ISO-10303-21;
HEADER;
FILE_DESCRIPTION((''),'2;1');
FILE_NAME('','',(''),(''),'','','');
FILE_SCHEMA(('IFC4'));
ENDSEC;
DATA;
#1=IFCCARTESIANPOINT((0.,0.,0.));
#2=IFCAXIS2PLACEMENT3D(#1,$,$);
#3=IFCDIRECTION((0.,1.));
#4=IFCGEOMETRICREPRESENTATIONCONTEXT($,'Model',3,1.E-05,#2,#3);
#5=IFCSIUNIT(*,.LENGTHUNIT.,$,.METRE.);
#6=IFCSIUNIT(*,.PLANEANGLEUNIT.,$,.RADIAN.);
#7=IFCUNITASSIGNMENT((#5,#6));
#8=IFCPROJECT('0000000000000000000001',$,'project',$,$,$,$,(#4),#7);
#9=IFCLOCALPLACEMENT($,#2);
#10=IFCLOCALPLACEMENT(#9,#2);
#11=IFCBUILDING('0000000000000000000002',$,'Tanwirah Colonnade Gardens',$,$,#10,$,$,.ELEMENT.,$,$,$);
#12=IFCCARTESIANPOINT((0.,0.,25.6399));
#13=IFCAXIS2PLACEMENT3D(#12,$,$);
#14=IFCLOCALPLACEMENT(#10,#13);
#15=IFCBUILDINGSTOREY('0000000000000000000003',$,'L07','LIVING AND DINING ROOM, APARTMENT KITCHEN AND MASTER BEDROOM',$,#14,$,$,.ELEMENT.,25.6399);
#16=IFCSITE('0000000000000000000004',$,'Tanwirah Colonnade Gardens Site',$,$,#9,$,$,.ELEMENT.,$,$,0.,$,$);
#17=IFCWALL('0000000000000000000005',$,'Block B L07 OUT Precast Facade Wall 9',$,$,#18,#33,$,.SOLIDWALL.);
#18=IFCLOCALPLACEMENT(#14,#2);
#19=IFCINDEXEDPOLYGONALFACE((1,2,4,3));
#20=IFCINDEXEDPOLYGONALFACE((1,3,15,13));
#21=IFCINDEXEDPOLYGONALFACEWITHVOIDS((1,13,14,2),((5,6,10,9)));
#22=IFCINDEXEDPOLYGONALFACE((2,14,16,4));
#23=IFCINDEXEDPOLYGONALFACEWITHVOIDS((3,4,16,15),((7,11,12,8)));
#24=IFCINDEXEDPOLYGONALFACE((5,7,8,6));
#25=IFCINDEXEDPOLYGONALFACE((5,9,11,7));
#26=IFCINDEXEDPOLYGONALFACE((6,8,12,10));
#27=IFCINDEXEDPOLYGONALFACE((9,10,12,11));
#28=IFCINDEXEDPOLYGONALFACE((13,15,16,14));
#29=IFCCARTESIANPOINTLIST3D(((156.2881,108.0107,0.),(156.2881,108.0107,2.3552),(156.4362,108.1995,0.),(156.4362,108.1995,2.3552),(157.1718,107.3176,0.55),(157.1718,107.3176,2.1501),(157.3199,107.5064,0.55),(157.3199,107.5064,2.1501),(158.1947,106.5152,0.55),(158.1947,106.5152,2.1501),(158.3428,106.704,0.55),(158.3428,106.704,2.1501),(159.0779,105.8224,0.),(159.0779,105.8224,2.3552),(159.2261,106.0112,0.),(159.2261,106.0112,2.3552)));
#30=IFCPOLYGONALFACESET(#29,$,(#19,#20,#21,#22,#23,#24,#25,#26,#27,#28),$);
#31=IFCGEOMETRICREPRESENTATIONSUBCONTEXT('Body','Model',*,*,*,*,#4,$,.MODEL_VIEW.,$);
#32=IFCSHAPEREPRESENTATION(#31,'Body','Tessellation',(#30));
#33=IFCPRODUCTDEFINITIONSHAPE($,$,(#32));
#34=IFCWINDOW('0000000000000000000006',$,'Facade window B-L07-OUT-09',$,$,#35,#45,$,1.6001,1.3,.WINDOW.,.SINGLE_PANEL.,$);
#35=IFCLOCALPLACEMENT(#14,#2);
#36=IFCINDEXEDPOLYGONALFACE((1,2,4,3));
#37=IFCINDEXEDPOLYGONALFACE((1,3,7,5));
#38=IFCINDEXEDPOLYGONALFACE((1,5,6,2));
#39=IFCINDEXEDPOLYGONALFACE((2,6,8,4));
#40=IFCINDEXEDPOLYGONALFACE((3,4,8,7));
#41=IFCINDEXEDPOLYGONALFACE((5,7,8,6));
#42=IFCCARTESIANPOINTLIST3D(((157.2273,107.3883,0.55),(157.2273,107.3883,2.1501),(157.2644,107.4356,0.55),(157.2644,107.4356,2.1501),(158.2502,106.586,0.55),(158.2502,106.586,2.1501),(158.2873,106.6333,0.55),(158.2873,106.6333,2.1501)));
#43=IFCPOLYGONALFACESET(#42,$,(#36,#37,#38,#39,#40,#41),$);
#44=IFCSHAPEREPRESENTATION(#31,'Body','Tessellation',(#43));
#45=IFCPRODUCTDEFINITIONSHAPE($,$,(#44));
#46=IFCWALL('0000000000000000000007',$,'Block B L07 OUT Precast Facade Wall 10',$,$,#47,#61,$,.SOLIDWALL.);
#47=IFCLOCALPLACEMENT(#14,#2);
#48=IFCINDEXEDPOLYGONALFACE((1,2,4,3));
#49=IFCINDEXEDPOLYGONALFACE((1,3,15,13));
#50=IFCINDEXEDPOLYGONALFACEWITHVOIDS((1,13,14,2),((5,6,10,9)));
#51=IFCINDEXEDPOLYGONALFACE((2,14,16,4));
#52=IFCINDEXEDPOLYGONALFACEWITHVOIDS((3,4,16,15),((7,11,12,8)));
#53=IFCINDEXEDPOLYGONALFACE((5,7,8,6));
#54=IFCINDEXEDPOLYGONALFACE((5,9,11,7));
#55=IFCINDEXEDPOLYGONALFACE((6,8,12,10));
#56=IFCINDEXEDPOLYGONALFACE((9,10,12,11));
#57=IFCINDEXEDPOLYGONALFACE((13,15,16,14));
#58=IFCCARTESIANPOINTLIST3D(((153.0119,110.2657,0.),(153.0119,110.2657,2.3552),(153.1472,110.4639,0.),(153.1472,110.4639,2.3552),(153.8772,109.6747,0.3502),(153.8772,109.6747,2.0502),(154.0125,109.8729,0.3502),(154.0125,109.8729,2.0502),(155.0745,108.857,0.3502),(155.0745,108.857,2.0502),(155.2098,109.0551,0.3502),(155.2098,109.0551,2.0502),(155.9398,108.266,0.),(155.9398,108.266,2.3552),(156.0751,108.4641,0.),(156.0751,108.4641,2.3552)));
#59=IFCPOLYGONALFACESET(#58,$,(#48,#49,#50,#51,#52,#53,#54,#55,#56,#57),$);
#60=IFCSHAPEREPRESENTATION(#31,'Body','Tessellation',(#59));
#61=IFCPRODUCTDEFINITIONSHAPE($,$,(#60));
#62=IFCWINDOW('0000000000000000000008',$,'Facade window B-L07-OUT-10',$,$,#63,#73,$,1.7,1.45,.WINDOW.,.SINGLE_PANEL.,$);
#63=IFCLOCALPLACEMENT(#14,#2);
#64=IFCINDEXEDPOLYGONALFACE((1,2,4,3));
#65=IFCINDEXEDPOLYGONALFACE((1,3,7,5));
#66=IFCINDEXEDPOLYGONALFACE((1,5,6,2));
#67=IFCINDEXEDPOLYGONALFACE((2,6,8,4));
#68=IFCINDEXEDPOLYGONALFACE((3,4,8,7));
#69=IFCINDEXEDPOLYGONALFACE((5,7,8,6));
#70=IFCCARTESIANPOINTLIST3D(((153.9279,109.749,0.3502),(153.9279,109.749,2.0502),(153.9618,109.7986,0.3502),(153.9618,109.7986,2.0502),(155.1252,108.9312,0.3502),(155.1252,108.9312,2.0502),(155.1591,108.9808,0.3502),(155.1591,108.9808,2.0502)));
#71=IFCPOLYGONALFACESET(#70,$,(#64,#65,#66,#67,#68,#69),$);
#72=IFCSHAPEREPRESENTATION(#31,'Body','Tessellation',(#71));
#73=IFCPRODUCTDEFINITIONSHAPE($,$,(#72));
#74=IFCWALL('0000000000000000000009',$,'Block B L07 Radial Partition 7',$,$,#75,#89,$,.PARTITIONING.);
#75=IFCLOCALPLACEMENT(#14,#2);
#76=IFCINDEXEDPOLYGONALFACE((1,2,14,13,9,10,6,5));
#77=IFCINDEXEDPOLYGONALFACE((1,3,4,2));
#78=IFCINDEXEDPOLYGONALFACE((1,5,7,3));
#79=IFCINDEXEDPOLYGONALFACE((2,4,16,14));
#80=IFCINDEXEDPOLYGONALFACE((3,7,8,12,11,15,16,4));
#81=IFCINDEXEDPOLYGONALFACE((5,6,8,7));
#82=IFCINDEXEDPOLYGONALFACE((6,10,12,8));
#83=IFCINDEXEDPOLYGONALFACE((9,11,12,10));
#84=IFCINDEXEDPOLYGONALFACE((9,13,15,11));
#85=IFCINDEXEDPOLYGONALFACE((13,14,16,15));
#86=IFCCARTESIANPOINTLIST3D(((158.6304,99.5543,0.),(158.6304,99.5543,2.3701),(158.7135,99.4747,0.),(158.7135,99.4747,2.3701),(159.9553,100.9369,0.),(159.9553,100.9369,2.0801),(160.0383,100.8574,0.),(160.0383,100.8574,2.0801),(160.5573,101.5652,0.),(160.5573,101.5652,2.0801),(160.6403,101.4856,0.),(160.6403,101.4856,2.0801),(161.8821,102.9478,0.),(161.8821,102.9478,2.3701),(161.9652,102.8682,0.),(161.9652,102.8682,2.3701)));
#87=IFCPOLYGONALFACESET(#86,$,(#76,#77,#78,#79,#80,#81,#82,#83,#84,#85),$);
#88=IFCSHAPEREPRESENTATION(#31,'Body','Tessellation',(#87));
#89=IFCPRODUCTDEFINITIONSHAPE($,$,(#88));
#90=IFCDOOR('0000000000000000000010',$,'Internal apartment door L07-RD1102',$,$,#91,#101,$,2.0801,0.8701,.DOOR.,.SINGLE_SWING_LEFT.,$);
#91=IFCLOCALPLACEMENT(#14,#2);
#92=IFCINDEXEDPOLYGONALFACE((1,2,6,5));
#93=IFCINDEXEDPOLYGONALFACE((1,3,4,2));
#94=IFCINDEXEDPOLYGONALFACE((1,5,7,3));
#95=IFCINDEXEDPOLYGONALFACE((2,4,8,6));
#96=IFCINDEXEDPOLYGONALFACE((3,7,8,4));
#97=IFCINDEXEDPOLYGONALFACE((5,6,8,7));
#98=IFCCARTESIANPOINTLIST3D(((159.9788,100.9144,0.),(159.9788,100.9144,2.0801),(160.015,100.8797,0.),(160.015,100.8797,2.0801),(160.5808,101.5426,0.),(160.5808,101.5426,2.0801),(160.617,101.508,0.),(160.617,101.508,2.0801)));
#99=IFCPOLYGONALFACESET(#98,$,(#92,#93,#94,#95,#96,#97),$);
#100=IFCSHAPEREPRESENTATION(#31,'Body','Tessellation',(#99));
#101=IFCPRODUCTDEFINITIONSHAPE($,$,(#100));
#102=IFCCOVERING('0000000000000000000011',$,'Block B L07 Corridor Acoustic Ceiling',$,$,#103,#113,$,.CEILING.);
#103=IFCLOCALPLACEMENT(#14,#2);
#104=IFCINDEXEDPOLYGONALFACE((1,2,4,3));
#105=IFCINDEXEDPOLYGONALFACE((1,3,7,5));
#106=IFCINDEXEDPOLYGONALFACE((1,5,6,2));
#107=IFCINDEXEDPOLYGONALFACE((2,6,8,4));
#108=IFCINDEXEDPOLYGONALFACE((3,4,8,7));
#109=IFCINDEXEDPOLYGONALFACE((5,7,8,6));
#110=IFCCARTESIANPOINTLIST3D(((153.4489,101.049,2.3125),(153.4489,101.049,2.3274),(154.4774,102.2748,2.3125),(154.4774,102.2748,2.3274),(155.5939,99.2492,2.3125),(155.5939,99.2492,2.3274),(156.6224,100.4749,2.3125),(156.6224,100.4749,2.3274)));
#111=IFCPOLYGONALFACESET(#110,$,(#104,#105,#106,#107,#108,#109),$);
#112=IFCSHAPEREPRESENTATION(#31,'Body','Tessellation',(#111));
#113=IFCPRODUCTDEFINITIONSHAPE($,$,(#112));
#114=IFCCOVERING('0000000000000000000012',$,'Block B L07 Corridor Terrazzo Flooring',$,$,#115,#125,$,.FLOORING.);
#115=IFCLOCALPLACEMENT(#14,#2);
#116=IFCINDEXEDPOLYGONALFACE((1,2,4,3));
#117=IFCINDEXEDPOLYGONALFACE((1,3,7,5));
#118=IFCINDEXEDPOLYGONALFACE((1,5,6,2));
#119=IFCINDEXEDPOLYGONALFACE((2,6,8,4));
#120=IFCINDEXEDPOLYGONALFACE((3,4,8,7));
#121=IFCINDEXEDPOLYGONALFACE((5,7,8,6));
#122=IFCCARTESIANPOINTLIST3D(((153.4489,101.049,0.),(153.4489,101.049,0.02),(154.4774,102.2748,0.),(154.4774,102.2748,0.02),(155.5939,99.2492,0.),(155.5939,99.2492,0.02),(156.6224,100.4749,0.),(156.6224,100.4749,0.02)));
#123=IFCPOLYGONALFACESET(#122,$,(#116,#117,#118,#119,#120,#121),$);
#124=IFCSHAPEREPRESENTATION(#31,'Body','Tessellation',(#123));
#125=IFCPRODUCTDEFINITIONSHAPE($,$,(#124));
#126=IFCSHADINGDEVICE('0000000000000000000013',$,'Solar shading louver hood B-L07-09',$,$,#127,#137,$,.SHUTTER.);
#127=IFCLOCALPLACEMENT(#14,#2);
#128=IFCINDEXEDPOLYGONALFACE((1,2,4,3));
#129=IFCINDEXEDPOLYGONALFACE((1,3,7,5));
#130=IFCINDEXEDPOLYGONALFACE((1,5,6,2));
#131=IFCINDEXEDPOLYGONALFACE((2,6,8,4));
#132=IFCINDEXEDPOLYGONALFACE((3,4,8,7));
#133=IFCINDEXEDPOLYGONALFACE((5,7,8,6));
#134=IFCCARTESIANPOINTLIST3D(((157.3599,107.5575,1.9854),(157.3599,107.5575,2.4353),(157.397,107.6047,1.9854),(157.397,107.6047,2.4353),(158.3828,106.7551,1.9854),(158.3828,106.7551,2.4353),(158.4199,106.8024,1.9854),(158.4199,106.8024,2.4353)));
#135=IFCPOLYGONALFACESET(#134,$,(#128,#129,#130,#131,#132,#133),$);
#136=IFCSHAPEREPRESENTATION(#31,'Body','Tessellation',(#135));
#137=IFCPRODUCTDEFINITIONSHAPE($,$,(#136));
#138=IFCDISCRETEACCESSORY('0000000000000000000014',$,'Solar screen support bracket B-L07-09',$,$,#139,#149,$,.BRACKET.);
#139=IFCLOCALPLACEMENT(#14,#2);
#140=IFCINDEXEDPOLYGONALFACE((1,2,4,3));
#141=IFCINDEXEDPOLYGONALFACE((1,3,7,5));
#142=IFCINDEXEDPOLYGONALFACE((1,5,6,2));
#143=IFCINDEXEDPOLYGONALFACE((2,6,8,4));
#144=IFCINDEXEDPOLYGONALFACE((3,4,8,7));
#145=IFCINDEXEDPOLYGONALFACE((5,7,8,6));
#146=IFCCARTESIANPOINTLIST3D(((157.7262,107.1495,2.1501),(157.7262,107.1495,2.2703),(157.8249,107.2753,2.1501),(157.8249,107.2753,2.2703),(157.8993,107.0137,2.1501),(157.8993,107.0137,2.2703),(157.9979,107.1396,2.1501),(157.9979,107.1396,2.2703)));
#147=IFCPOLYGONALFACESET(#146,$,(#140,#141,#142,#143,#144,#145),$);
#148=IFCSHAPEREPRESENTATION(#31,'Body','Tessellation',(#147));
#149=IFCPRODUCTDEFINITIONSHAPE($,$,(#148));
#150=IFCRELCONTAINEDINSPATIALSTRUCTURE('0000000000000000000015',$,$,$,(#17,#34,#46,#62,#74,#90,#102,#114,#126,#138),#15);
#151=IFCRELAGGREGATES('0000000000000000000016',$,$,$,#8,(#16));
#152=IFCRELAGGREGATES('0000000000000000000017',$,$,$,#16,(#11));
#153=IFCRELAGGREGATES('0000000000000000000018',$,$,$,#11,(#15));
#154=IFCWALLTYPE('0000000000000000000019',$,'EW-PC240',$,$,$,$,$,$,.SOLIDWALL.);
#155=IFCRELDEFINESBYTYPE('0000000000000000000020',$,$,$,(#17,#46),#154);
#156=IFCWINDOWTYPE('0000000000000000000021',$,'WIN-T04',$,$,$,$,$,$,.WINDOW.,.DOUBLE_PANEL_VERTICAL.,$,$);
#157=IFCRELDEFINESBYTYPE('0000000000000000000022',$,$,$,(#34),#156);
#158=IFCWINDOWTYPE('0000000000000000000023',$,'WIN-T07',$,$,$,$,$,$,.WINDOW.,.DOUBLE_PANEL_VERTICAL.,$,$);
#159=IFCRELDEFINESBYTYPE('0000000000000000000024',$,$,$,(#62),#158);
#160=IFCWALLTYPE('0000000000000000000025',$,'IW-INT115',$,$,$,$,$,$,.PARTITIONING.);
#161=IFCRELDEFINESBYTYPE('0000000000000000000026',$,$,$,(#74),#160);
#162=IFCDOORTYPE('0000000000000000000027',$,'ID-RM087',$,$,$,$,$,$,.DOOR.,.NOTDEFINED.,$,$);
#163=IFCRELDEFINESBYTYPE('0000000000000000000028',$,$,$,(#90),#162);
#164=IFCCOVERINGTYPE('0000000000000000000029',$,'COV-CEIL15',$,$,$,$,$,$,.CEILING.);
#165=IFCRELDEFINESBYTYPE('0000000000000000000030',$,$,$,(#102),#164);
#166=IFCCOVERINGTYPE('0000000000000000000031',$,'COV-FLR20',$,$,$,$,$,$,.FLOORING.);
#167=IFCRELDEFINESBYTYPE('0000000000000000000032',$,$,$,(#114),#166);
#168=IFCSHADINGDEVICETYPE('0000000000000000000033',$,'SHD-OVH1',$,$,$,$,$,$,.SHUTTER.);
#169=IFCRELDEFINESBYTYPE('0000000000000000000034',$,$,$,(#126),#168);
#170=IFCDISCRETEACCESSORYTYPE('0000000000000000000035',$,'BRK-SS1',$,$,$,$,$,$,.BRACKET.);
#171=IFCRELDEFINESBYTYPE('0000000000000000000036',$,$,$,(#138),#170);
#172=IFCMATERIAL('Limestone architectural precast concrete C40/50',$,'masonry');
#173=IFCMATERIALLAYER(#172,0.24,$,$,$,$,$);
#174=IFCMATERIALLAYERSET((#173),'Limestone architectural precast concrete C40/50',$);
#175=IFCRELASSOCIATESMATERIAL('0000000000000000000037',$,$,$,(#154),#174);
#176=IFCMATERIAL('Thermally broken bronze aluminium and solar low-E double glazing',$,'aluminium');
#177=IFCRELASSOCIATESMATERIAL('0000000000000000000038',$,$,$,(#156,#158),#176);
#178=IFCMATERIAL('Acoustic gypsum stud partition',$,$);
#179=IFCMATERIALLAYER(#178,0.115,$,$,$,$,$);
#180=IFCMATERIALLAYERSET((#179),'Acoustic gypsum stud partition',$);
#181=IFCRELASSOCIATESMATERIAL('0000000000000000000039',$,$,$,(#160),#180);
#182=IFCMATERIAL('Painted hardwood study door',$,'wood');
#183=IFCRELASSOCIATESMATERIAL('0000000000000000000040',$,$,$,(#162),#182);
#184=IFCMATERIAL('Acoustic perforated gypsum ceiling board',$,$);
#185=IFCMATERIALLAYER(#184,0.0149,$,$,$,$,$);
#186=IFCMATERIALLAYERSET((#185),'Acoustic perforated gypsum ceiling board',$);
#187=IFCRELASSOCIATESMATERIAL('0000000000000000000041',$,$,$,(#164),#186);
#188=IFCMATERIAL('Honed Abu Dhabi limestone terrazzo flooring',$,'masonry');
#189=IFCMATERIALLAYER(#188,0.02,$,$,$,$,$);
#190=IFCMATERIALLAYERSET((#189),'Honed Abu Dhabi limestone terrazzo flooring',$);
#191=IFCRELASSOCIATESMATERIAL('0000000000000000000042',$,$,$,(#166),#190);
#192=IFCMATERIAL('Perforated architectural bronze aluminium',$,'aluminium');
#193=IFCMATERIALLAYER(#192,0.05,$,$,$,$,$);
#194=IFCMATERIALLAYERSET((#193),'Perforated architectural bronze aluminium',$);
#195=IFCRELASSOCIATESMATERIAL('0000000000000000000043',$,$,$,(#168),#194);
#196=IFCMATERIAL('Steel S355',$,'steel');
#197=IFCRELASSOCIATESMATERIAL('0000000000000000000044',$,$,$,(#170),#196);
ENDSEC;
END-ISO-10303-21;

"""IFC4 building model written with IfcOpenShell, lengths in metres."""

from ifc_helpers import new_model, si_unit, direction, frame, frame_2d, origin, origin_2d, place, context, subcontext, project, spatial, rectangle, extrude, material, layer, layer_set, type_object, element, fill, save


model = new_model("IFC4")

# Units and contexts
model_context = context("Model", 3, precision=1e-05, world=origin(), true_north=direction((0.0, 1.0)))
body_context = subcontext(model_context, "Body", "Model", "MODEL_VIEW")
ifc_project = project(units=[si_unit("LENGTHUNIT", "METRE"), si_unit("PLANEANGLEUNIT", "RADIAN")], contexts=[model_context])

# Site, building, storey
site_placement = place(None, origin())
site = spatial("IfcSite", under=ifc_project, at=site_placement, Name="Tanwirah Colonnade Gardens Site", CompositionType="ELEMENT", RefElevation=0.0)
building_placement = place(site_placement, origin())
building = spatial("IfcBuilding", under=site, at=building_placement, Name="Tanwirah Colonnade Gardens", CompositionType="ELEMENT")
storey_placement = place(building_placement, frame((0.0, 0.0, 25.6399)))
storey = spatial("IfcBuildingStorey", under=building, at=storey_placement, Name="L07", Description="LIVING AND DINING ROOM, APARTMENT KITCHEN AND MASTER BEDROOM", CompositionType="ELEMENT", Elevation=25.6399)

# Walls, openings, windows
ifc_material_1 = material(Name="Limestone architectural precast concrete C40/50", Category="masonry")
ifc_layer_1 = layer(ifc_material_1, 0.24)
ifc_layer_set_1 = layer_set([ifc_layer_1], Name="Limestone architectural precast concrete C40/50")
wall_type_1 = type_object("IfcWallType", Name="EW-PC240", PredefinedType="SOLIDWALL", material=ifc_layer_set_1)
wall_1_placement = place(storey_placement, frame((159.1521, 105.9167, 0.0), z_axis=(0.0, 0.0, 1.0), x_axis=(-0.786832, 0.617168, 0.0)))
wall_1 = element("IfcWall", 1, at=wall_1_placement, inside=storey, type_object=wall_type_1, Name="Block B L07 OUT Precast Facade Wall 9", PredefinedType="SOLIDWALL", context=body_context, shape_type="SweptSolid", body=[
    extrude(rectangle(XDim=3.5457, YDim=0.24, at=frame_2d((1.7729, 0.0))), origin(), (0.0, 0.0, 1.0), 2.3552),
])
opening_1_placement = place(wall_1_placement, frame((1.1228, 0.0, 0.55)))
opening_1 = element("IfcOpeningElement", 2, at=opening_1_placement, cuts=wall_1, PredefinedType="OPENING", context=body_context, shape_type="SweptSolid", body=[
    extrude(rectangle(XDim=1.3, YDim=1.6001, at=frame_2d((0.6499, 0.8))), frame((0.0, 0.1299, 0.0), z_axis=(0.0, -1.0, 0.0), x_axis=(1.0, 0.0, 0.0)), (0.0, 0.0, 1.0), 0.26),
])
ifc_material_2 = material(Name="Thermally broken bronze aluminium and solar low-E double glazing", Category="aluminium")
window_type_1 = type_object("IfcWindowType", Name="WIN-T04", PartitioningType="DOUBLE_PANEL_VERTICAL", PredefinedType="WINDOW", material=ifc_material_2)
window_1_placement = place(opening_1_placement, origin())
window_1 = element("IfcWindow", 3, at=window_1_placement, inside=storey, type_object=window_type_1, Name="Facade window B-L07-OUT-09", OverallHeight=1.6001, OverallWidth=1.3, PartitioningType="SINGLE_PANEL", PredefinedType="WINDOW", context=body_context, shape_type="SweptSolid", body=[
    extrude(rectangle(XDim=1.3, YDim=1.6001, at=frame_2d((0.6499, 0.8))), frame((0.0, 0.03, 0.0), z_axis=(0.0, -1.0, 0.0), x_axis=(1.0, 0.0, 0.0)), (0.0, 0.0, 1.0), 0.0601),
])
fill(opening_1, window_1)
wall_2_placement = place(storey_placement, frame((156.0076, 108.365, 0.0), z_axis=(0.0, 0.0, 1.0), x_axis=(-0.82578, 0.563993, 0.0)))
wall_2 = element("IfcWall", 4, at=wall_2_placement, inside=storey, type_object=wall_type_1, Name="Block B L07 OUT Precast Facade Wall 10", PredefinedType="SOLIDWALL", context=body_context, shape_type="SweptSolid", body=[
    extrude(rectangle(XDim=3.5457, YDim=0.24, at=frame_2d((1.7729, 0.0))), origin(), (0.0, 0.0, 1.0), 2.3552),
])
opening_2_placement = place(wall_2_placement, frame((1.0479, 0.0, 0.3501)))
opening_2 = element("IfcOpeningElement", 5, at=opening_2_placement, cuts=wall_2, PredefinedType="OPENING", context=body_context, shape_type="SweptSolid", body=[
    extrude(rectangle(XDim=1.45, YDim=1.7, at=frame_2d((0.7251, 0.8501))), frame((0.0, 0.1299, 0.0), z_axis=(0.0, -1.0, 0.0), x_axis=(1.0, 0.0, 0.0)), (0.0, 0.0, 1.0), 0.26),
])
window_type_2 = type_object("IfcWindowType", Name="WIN-T07", PartitioningType="DOUBLE_PANEL_VERTICAL", PredefinedType="WINDOW", material=ifc_material_2)
window_2_placement = place(opening_2_placement, origin())
window_2 = element("IfcWindow", 6, at=window_2_placement, inside=storey, type_object=window_type_2, Name="Facade window B-L07-OUT-10", OverallHeight=1.7, OverallWidth=1.45, PartitioningType="SINGLE_PANEL", PredefinedType="WINDOW", context=body_context, shape_type="SweptSolid", body=[
    extrude(rectangle(XDim=1.45, YDim=1.7, at=frame_2d((0.7251, 0.8501))), frame((0.0, 0.03, 0.0), z_axis=(0.0, -1.0, 0.0), x_axis=(1.0, 0.0, 0.0)), (0.0, 0.0, 1.0), 0.0601),
])
fill(opening_2, window_2)

# Wall, opening, door
ifc_material_3 = material(Name="Acoustic gypsum stud partition")
ifc_layer_2 = layer(ifc_material_3, 0.115)
ifc_layer_set_2 = layer_set([ifc_layer_2], Name="Acoustic gypsum stud partition")
wall_type_2 = type_object("IfcWallType", Name="IW-INT115", PredefinedType="PARTITIONING", material=ifc_layer_set_2)
wall_3_placement = place(storey_placement, frame((158.6719, 99.5144, 0.0), z_axis=(0.0, 0.0, 1.0), x_axis=(0.691856, 0.722036, 0.0)))
wall_3 = element("IfcWall", 7, at=wall_3_placement, inside=storey, type_object=wall_type_2, Name="Block B L07 Radial Partition 7", PredefinedType="PARTITIONING", context=body_context, shape_type="SweptSolid", body=[
    extrude(rectangle(XDim=4.7, YDim=0.115, at=frame_2d((2.3501, 0.0))), origin(), (0.0, 0.0, 1.0), 2.3701),
])
opening_3_placement = place(wall_3_placement, frame((1.915, 0.0, 0.0)))
opening_3 = element("IfcOpeningElement", 8, at=opening_3_placement, cuts=wall_3, PredefinedType="OPENING", context=body_context, shape_type="SweptSolid", body=[
    extrude(rectangle(XDim=0.8701, YDim=2.0801, at=frame_2d((0.4351, 1.04))), frame((0.0, 0.0674, 0.0), z_axis=(0.0, -1.0, 0.0), x_axis=(1.0, 0.0, 0.0)), (0.0, 0.0, 1.0), 0.135),
])
ifc_material_4 = material(Name="Painted hardwood study door", Category="wood")
door_type_1 = type_object("IfcDoorType", Name="ID-RM087", OperationType="NOTDEFINED", PredefinedType="DOOR", material=ifc_material_4)
door_1_placement = place(opening_3_placement, origin())
door_1 = element("IfcDoor", 9, at=door_1_placement, inside=storey, type_object=door_type_1, Name="Internal apartment door L07-RD1102", OperationType="SINGLE_SWING_LEFT", OverallHeight=2.0801, OverallWidth=0.8701, PredefinedType="DOOR", context=body_context, shape_type="SweptSolid", body=[
    extrude(rectangle(XDim=0.8701, YDim=2.0801, at=frame_2d((0.4351, 1.04))), frame((0.0, 0.0249, 0.0), z_axis=(0.0, -1.0, 0.0), x_axis=(1.0, 0.0, 0.0)), (0.0, 0.0, 1.0), 0.05),
])
fill(opening_3, door_1)

# Coverings
ifc_material_5 = material(Name="Acoustic perforated gypsum ceiling board")
ifc_layer_3 = layer(ifc_material_5, 0.0149)
ifc_layer_set_3 = layer_set([ifc_layer_3], Name="Acoustic perforated gypsum ceiling board")
covering_type_1 = type_object("IfcCoveringType", Name="COV-CEIL15", PredefinedType="CEILING", material=ifc_layer_set_3)
covering_1_placement = place(storey_placement, frame((155.0356, 100.762, 2.3125), z_axis=(0.0, 0.0, 1.0), x_axis=(-0.766044, 0.642788, 0.0)))
element("IfcCovering", 10, at=covering_1_placement, inside=storey, type_object=covering_type_1, Name="Block B L07 Corridor Acoustic Ceiling", PredefinedType="CEILING", context=body_context, shape_type="SweptSolid", body=[
    extrude(rectangle(XDim=2.8, YDim=1.6001, at=origin_2d()), origin(), (0.0, 0.0, 1.0), 0.0149),
])
ifc_material_6 = material(Name="Honed Abu Dhabi limestone terrazzo flooring", Category="masonry")
ifc_layer_4 = layer(ifc_material_6, 0.02)
ifc_layer_set_4 = layer_set([ifc_layer_4], Name="Honed Abu Dhabi limestone terrazzo flooring")
covering_type_2 = type_object("IfcCoveringType", Name="COV-FLR20", PredefinedType="FLOORING", material=ifc_layer_set_4)
covering_2_placement = place(storey_placement, frame((155.0356, 100.762, 0.0), z_axis=(0.0, 0.0, 1.0), x_axis=(-0.766044, 0.642788, 0.0)))
element("IfcCovering", 11, at=covering_2_placement, inside=storey, type_object=covering_type_2, Name="Block B L07 Corridor Terrazzo Flooring", PredefinedType="FLOORING", context=body_context, shape_type="SweptSolid", body=[
    extrude(rectangle(XDim=2.8, YDim=1.6001, at=origin_2d()), origin(), (0.0, 0.0, 1.0), 0.02),
])

# Shading device
ifc_material_7 = material(Name="Perforated architectural bronze aluminium", Category="aluminium")
ifc_layer_5 = layer(ifc_material_7, 0.05)
ifc_layer_set_5 = layer_set([ifc_layer_5], Name="Perforated architectural bronze aluminium")
shading_device_type = type_object("IfcShadingDeviceType", Name="SHD-OVH1", PredefinedType="SHUTTER", material=ifc_layer_set_5)
shading_device_placement = place(storey_placement, frame((157.8899, 107.1799, 1.9854), z_axis=(0.0, 0.0, 1.0), x_axis=(-0.786816, 0.617188, 0.0)))
element("IfcShadingDevice", 12, at=shading_device_placement, inside=storey, type_object=shading_device_type, Name="Solar shading louver hood B-L07-09", PredefinedType="SHUTTER", context=body_context, shape_type="SweptSolid", body=[
    extrude(rectangle(XDim=1.3, YDim=0.0601, at=origin_2d()), origin(), (0.0, 0.0, 1.0), 0.45),
])

# Discrete accessory
ifc_material_8 = material(Name="Steel S355", Category="steel")
discrete_accessory_type = type_object("IfcDiscreteAccessoryType", Name="BRK-SS1", PredefinedType="BRACKET", material=ifc_material_8)
discrete_accessory_placement = place(storey_placement, frame((157.8621, 107.1445, 2.1501), z_axis=(0.0, 0.0, 1.0), x_axis=(-0.786816, 0.617188, 0.0)))
element("IfcDiscreteAccessory", 13, at=discrete_accessory_placement, inside=storey, type_object=discrete_accessory_type, Name="Solar screen support bracket B-L07-09", PredefinedType="BRACKET", context=body_context, shape_type="SweptSolid", body=[
    extrude(rectangle(XDim=0.22, YDim=0.1599, at=origin_2d()), origin(), (0.0, 0.0, 1.0), 0.1201),
])

save(model, "model.ifc")
